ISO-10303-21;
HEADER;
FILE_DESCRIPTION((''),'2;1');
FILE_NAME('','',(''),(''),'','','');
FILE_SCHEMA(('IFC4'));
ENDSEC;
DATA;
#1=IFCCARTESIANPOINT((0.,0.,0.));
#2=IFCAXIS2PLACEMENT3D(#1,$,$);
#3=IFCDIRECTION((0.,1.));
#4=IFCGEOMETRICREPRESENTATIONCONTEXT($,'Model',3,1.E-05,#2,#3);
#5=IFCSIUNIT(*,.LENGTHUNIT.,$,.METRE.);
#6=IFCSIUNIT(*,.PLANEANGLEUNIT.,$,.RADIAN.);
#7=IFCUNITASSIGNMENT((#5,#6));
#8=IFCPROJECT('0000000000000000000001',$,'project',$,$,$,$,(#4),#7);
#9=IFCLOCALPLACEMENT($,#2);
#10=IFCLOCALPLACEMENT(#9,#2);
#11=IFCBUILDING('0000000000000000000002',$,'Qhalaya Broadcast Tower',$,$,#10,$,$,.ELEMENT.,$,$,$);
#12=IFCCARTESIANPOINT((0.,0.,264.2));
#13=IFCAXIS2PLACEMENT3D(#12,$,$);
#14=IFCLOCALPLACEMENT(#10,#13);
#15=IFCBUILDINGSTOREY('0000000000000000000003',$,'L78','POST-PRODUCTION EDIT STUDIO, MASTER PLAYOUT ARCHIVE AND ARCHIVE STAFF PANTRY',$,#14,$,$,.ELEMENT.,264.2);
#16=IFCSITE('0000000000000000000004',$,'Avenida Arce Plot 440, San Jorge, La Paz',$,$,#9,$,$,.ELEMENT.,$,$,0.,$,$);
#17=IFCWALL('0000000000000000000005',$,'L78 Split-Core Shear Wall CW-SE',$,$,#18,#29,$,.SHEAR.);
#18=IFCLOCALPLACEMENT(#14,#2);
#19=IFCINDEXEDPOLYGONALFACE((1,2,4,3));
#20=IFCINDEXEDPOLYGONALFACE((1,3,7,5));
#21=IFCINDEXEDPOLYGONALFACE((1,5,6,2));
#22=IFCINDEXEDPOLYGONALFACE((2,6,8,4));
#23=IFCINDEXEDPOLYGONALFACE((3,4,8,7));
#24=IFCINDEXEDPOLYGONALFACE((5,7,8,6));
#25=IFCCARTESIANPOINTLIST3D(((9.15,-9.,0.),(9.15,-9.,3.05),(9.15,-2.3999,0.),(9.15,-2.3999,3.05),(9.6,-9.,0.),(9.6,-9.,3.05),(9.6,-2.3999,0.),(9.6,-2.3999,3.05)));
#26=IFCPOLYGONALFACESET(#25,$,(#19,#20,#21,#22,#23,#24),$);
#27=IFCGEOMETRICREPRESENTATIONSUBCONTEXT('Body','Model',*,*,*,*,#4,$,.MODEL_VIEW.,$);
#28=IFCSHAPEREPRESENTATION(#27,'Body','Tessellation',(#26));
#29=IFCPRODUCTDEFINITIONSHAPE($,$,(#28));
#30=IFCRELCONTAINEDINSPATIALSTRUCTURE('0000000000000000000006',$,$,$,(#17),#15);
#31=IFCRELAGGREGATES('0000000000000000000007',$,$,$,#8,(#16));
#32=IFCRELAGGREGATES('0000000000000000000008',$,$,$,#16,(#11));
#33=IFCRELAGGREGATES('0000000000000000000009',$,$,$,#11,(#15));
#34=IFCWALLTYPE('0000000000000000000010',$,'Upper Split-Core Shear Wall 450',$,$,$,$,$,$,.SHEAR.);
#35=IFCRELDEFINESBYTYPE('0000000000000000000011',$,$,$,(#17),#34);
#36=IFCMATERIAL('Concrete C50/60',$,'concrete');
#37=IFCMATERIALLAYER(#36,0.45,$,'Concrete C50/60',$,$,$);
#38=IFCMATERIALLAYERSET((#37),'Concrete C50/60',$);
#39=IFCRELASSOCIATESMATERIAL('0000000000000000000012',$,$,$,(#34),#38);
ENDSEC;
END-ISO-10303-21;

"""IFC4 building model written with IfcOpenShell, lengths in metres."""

from ifc_helpers import new_model, si_unit, direction, frame, frame_2d, origin, place, context, subcontext, project, spatial, rectangle, extrude, material, layer, layer_set, type_object, element, save


model = new_model("IFC4")

# Units and contexts
model_context = context("Model", 3, precision=1e-05, world=origin(), true_north=direction((0.0, 1.0)))
body_context = subcontext(model_context, "Body", "Model", "MODEL_VIEW")
ifc_project = project(units=[si_unit("LENGTHUNIT", "METRE"), si_unit("PLANEANGLEUNIT", "RADIAN")], contexts=[model_context])

# Site, building, storey
site_placement = place(None, origin())
site = spatial("IfcSite", under=ifc_project, at=site_placement, Name="Avenida Arce Plot 440, San Jorge, La Paz", CompositionType="ELEMENT", RefElevation=0.0)
building_placement = place(site_placement, origin())
building = spatial("IfcBuilding", under=site, at=building_placement, Name="Qhalaya Broadcast Tower", CompositionType="ELEMENT")
storey_placement = place(building_placement, frame((0.0, 0.0, 264.2)))
storey = spatial("IfcBuildingStorey", under=building, at=storey_placement, Name="L78", Description="POST-PRODUCTION EDIT STUDIO, MASTER PLAYOUT ARCHIVE AND ARCHIVE STAFF PANTRY", CompositionType="ELEMENT", Elevation=264.2)

# Wall
ifc_material_1 = material(Name="Concrete C50/60", Category="concrete")
ifc_layer_1 = layer(ifc_material_1, 0.45, Name="Concrete C50/60")
ifc_layer_set_1 = layer_set([ifc_layer_1], Name="Concrete C50/60")
wall_type_1 = type_object("IfcWallType", Name="Upper Split-Core Shear Wall 450", PredefinedType="SHEAR", material=ifc_layer_set_1)
wall_1_placement = place(storey_placement, frame((9.375, -9.0, 0.0), z_axis=(0.0, 0.0, 1.0), x_axis=(0.0, 1.0, 0.0)))
element("IfcWall", 1, at=wall_1_placement, inside=storey, type_object=wall_type_1, Name="L78 Split-Core Shear Wall CW-SE", PredefinedType="SHEAR", context=body_context, shape_type="SweptSolid", body=[
    extrude(rectangle(XDim=6.6001, YDim=0.45, at=frame_2d((3.3, 0.0))), origin(), (0.0, 0.0, 1.0), 3.05),
])

save(model, "model.ifc")
